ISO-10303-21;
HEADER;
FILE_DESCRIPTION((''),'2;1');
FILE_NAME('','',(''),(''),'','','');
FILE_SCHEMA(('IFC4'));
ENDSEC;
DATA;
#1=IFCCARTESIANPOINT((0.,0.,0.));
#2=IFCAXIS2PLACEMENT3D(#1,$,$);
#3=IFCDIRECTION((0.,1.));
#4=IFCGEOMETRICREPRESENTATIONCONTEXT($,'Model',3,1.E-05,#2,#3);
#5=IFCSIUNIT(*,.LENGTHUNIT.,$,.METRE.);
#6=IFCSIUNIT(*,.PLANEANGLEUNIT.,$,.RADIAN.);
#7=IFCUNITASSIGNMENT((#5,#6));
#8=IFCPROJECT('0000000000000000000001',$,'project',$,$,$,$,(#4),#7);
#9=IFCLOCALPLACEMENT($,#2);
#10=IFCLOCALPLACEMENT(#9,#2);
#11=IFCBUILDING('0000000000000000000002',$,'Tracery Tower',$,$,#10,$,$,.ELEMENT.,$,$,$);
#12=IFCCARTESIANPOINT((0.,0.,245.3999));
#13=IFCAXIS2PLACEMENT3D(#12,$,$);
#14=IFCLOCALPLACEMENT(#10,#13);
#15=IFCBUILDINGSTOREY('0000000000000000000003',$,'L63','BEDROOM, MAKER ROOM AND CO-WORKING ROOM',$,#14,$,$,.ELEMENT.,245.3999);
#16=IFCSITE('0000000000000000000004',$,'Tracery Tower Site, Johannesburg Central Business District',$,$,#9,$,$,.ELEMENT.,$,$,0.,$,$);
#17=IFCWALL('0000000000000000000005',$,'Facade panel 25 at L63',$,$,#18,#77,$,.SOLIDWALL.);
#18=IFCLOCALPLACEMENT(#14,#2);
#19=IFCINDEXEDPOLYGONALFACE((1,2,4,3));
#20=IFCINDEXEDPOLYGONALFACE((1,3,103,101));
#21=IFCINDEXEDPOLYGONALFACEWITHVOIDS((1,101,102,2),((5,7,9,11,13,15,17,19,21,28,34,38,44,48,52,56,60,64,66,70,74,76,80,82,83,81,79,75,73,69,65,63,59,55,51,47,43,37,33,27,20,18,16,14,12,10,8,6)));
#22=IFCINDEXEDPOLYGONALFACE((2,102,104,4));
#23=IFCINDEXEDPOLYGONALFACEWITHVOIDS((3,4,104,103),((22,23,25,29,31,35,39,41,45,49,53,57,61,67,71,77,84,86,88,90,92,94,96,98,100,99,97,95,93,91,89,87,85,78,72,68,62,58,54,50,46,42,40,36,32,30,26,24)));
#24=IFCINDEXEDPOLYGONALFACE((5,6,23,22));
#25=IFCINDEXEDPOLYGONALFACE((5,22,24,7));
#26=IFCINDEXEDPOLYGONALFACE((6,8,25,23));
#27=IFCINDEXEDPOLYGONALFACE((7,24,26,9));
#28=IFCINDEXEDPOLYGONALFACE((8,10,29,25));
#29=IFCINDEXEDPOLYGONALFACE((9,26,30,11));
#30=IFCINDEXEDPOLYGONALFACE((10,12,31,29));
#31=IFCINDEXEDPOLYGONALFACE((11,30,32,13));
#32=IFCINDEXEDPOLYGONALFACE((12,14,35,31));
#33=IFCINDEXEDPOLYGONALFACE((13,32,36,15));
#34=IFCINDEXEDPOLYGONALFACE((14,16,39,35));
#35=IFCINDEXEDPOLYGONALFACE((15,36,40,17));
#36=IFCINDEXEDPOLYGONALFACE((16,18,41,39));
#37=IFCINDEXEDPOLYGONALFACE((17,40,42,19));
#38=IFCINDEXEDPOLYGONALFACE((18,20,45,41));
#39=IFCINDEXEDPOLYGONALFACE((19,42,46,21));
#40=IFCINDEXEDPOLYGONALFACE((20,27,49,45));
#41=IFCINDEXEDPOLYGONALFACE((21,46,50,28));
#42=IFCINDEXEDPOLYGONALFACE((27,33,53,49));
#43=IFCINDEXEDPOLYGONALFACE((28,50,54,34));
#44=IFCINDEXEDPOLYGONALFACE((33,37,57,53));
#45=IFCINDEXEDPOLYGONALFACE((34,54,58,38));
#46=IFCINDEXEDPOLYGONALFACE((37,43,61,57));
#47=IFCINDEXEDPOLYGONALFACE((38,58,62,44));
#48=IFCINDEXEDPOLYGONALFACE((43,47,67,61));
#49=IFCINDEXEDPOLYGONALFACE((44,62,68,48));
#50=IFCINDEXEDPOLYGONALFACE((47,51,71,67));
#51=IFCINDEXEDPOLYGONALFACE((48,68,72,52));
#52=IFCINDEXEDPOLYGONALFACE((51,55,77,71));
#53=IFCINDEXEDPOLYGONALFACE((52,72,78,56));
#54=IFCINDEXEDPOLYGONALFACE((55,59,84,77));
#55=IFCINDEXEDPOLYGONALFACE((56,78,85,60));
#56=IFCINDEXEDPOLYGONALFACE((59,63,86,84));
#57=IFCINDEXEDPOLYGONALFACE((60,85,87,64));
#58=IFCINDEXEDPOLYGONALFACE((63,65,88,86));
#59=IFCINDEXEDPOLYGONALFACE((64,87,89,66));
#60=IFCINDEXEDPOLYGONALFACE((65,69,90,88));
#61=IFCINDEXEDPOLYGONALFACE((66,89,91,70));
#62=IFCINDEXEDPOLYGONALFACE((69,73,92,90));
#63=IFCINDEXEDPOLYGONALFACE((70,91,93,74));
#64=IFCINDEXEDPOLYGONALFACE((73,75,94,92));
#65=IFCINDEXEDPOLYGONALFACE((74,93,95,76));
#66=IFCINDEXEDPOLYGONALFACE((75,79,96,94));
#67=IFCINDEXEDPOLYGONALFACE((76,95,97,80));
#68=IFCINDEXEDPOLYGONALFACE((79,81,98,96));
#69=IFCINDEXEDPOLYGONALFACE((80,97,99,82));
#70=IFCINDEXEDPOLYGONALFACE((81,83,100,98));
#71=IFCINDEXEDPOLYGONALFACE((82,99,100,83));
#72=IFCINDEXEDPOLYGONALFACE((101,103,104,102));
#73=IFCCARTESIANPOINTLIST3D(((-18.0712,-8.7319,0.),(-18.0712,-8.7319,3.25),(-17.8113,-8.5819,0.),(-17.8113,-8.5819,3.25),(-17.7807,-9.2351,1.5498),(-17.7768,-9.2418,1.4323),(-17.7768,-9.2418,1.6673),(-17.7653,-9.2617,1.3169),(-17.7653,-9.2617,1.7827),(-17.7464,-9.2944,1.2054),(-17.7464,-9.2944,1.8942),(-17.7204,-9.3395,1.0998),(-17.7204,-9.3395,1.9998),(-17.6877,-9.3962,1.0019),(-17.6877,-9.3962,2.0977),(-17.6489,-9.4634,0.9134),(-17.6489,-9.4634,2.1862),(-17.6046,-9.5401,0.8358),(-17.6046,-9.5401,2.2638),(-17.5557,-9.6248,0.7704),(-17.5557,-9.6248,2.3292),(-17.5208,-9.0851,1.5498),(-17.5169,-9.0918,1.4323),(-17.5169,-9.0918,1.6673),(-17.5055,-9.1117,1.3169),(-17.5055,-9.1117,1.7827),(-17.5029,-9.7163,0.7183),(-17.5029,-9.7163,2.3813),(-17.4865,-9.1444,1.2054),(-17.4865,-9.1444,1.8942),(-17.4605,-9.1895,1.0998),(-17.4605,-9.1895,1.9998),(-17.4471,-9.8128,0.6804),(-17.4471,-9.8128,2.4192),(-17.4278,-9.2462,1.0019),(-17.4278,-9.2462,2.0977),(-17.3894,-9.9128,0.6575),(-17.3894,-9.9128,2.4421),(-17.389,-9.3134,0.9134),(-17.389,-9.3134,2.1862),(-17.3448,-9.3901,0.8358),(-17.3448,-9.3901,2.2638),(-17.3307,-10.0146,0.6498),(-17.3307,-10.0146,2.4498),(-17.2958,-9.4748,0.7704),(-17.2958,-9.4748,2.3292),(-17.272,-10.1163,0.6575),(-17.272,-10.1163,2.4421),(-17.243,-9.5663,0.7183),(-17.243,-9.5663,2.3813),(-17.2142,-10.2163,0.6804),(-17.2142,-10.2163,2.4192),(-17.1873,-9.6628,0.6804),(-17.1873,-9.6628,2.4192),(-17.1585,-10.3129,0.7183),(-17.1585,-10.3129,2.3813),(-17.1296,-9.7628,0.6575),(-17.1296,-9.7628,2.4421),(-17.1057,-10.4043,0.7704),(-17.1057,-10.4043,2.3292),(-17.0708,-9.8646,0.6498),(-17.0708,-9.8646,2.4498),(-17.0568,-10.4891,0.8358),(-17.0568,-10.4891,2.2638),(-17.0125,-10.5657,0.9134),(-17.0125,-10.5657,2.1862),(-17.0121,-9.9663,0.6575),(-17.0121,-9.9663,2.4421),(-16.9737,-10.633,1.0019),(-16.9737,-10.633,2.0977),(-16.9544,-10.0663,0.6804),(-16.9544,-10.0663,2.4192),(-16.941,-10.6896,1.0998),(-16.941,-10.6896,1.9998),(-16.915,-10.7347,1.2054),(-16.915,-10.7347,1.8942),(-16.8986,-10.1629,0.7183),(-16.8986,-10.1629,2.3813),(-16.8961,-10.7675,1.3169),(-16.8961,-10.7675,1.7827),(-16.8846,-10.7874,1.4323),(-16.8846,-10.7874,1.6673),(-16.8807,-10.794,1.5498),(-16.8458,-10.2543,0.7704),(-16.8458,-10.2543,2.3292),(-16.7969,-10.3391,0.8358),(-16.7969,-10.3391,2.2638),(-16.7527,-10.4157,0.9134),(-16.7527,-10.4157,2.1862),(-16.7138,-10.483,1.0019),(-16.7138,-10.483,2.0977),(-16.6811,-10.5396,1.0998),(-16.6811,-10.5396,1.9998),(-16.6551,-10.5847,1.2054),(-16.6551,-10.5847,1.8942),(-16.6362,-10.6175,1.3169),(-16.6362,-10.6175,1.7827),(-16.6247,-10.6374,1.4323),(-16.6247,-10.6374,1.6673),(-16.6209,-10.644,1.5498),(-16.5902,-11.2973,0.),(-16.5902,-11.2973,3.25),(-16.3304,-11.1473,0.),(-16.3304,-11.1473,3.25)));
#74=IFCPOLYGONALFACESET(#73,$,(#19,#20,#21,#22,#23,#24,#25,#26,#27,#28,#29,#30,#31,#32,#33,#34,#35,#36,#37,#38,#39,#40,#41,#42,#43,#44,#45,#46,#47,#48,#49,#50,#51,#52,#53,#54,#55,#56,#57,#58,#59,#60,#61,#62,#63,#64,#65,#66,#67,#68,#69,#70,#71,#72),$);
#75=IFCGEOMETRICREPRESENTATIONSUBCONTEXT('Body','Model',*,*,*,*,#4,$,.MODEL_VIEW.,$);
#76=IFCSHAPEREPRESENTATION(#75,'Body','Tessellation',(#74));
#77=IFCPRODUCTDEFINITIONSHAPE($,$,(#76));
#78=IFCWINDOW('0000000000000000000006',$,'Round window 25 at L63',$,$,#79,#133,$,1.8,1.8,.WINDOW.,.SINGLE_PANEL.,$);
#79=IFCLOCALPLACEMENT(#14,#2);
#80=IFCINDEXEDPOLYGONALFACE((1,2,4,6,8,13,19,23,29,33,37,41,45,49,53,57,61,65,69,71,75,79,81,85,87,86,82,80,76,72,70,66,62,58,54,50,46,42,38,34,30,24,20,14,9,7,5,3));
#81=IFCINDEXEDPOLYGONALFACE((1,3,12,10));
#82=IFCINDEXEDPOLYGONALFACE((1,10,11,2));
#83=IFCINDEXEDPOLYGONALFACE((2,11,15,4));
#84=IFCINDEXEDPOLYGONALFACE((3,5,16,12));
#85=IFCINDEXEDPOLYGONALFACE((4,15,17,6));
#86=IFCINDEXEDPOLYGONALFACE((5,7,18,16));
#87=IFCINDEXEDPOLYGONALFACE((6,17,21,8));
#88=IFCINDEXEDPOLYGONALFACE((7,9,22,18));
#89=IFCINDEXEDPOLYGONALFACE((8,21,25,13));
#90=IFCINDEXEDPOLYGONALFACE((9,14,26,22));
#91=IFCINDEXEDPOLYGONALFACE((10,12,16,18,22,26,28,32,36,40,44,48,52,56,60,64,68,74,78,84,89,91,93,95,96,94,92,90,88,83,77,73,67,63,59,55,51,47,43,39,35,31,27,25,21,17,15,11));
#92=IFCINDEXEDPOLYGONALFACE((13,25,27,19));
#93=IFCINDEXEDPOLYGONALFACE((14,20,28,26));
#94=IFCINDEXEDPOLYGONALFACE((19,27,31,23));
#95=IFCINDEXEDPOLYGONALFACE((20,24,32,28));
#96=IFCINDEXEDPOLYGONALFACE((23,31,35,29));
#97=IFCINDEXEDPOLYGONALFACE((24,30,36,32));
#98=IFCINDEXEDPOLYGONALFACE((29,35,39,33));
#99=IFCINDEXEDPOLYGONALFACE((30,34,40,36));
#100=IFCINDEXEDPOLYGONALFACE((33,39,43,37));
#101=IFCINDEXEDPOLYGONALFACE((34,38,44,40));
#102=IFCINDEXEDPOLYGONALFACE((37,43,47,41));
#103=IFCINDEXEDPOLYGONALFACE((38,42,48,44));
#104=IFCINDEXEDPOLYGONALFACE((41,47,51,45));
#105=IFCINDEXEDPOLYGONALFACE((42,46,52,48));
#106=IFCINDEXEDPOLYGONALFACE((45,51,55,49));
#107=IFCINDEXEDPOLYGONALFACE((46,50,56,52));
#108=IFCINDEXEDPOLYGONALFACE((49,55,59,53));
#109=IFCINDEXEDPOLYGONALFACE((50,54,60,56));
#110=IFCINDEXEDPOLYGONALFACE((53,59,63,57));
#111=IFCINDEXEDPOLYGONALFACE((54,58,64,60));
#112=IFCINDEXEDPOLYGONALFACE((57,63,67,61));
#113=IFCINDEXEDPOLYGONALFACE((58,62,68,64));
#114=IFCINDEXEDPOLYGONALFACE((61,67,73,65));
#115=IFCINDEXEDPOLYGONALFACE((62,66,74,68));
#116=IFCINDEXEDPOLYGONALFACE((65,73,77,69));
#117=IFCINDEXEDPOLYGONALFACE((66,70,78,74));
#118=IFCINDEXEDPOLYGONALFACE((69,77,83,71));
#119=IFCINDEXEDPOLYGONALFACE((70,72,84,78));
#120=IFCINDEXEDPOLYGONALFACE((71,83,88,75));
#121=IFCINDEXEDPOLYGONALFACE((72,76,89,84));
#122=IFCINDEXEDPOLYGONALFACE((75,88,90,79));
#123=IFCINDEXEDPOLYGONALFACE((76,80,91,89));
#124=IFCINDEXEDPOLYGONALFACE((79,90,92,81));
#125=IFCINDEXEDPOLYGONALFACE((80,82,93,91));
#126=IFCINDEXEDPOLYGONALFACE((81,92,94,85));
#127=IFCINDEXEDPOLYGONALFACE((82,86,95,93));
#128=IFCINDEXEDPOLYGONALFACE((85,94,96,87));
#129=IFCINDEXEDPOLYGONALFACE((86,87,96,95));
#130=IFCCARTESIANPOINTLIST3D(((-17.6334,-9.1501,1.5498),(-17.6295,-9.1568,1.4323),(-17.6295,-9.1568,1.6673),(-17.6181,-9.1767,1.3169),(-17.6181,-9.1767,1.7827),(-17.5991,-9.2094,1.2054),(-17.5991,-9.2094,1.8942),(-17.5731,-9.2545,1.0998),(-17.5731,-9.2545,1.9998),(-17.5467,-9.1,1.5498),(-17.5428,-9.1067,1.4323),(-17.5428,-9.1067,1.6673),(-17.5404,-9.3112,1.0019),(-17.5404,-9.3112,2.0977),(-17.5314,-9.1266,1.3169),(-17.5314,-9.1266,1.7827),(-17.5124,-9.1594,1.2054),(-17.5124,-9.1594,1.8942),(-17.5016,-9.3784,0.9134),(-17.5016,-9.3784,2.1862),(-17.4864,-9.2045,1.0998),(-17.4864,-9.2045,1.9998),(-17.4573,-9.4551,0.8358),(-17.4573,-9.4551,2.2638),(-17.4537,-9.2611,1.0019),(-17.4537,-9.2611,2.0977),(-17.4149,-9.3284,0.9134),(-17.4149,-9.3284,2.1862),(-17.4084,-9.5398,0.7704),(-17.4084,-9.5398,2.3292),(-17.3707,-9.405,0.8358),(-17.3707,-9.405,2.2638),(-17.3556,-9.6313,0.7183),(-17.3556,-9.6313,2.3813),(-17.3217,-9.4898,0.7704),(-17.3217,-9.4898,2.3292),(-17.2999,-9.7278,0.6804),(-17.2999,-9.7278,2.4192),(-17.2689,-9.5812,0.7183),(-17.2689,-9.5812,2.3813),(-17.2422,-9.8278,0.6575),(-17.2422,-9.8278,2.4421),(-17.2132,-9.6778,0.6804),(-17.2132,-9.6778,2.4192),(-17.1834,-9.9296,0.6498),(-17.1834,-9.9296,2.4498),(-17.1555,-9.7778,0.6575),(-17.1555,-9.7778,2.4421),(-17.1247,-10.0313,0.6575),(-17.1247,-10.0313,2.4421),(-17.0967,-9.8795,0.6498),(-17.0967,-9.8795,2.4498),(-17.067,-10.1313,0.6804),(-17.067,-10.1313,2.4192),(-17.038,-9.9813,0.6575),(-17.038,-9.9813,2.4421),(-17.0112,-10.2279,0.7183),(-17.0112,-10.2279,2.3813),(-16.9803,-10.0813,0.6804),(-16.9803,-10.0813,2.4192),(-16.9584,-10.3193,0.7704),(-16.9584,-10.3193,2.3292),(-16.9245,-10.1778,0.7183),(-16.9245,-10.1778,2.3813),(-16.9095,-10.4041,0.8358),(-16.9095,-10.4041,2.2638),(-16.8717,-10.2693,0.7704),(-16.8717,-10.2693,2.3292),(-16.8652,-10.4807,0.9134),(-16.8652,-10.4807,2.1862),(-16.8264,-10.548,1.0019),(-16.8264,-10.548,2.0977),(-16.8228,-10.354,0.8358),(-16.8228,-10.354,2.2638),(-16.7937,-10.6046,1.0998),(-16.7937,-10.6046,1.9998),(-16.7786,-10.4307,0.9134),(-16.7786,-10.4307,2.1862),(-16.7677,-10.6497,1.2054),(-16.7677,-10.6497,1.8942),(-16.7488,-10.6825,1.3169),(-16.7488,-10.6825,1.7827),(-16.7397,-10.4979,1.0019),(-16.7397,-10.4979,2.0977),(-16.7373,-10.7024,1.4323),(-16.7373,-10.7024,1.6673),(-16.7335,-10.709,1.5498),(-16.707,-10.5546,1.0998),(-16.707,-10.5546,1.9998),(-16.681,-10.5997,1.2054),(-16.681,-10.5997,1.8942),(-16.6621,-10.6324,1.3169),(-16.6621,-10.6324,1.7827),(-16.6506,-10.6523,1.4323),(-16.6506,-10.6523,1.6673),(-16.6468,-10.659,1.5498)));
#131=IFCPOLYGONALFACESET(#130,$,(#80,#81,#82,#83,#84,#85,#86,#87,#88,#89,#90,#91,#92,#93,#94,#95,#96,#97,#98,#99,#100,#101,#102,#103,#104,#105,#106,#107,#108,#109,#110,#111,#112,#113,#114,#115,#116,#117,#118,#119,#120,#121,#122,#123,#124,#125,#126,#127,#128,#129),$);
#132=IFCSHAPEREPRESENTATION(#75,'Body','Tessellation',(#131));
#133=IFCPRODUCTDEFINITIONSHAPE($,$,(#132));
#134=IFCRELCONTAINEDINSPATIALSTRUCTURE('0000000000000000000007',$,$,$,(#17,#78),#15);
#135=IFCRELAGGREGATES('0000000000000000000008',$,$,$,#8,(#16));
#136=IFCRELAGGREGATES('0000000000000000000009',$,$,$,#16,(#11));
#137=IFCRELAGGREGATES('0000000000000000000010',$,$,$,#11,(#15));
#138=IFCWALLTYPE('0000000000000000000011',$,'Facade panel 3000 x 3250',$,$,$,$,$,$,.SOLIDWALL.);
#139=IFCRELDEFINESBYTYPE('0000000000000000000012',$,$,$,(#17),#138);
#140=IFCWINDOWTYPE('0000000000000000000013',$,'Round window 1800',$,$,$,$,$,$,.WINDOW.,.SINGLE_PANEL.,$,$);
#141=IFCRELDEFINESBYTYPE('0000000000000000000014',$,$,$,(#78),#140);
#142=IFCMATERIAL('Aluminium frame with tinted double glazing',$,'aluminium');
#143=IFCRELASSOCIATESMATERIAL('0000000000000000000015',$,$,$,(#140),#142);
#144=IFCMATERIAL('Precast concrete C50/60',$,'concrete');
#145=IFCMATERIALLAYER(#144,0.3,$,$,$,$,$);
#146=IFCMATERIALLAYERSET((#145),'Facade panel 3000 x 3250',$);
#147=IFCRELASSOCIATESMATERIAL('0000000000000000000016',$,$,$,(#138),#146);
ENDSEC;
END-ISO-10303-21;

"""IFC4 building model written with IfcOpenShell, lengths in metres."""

from ifc_helpers import new_model, si_unit, direction, frame, frame_2d, origin, origin_2d, place, context, subcontext, project, spatial, rectangle, circle, extrude, material, layer, layer_set, type_object, element, fill, save


model = new_model("IFC4")

# Units and contexts
model_context = context("Model", 3, precision=1e-05, world=origin(), true_north=direction((0.0, 1.0)))
body_context = subcontext(model_context, "Body", "Model", "MODEL_VIEW")
ifc_project = project(units=[si_unit("LENGTHUNIT", "METRE"), si_unit("PLANEANGLEUNIT", "RADIAN")], contexts=[model_context])

# Site, building, storey
site_placement = place(None, origin())
site = spatial("IfcSite", under=ifc_project, at=site_placement, Name="Tracery Tower Site, Johannesburg Central Business District", CompositionType="ELEMENT", RefElevation=0.0)
building_placement = place(site_placement, origin())
building = spatial("IfcBuilding", under=site, at=building_placement, Name="Tracery Tower", CompositionType="ELEMENT")
storey_placement = place(building_placement, frame((0.0, 0.0, 245.3999)))
storey = spatial("IfcBuildingStorey", under=building, at=storey_placement, Name="L63", Description="BEDROOM, MAKER ROOM AND CO-WORKING ROOM", CompositionType="ELEMENT", Elevation=245.3999)

# Wall, opening, window
ifc_material_1 = material(Name="Aluminium frame with tinted double glazing", Category="aluminium")
window_type = type_object("IfcWindowType", Name="Round window 1800", PartitioningType="SINGLE_PANEL", PredefinedType="WINDOW", material=ifc_material_1)
ifc_material_2 = material(Name="Precast concrete C50/60", Category="concrete")
ifc_layer_1 = layer(ifc_material_2, 0.3)
ifc_layer_set_1 = layer_set([ifc_layer_1], Name="Facade panel 3000 x 3250")
wall_type_1 = type_object("IfcWallType", Name="Facade panel 3000 x 3250", PredefinedType="SOLIDWALL", material=ifc_layer_set_1)
wall_1_placement = place(storey_placement, frame((-17.9412, -8.657, 0.0), z_axis=(0.0, 0.0, 1.0), x_axis=(0.499951, -0.866054, 0.0)))
wall_1 = element("IfcWall", 1, at=wall_1_placement, inside=storey, type_object=wall_type_1, Name="Facade panel 25 at L63", PredefinedType="SOLIDWALL", context=body_context, shape_type="SweptSolid", body=[
    extrude(rectangle(XDim=2.9622, YDim=0.3, at=frame_2d((1.481, 0.0))), origin(), (0.0, 0.0, 1.0), 3.25),
])
opening_1_placement = place(wall_1_placement, frame((1.481, 0.0, 1.5498)))
opening_1 = element("IfcOpeningElement", 2, at=opening_1_placement, cuts=wall_1, PredefinedType="OPENING", context=body_context, shape_type="SweptSolid", body=[
    extrude(circle(Radius=0.9, at=origin_2d()), frame((0.0, 0.1599, 0.0), z_axis=(0.0, -1.0, 0.0), x_axis=(1.0, 0.0, 0.0)), (0.0, 0.0, 1.0), 0.3201),
])
window_1_placement = place(opening_1_placement, origin())
window_1 = element("IfcWindow", 3, at=window_1_placement, inside=storey, type_object=window_type, Name="Round window 25 at L63", OverallHeight=1.8, OverallWidth=1.8, PartitioningType="SINGLE_PANEL", PredefinedType="WINDOW", context=body_context, shape_type="SweptSolid", body=[
    extrude(circle(Radius=0.9, at=origin_2d()), frame((0.0, 0.1201, 0.0), z_axis=(0.0, -1.0, 0.0), x_axis=(1.0, 0.0, 0.0)), (0.0, 0.0, 1.0), 0.1001),
])
fill(opening_1, window_1)

save(model, "model.ifc")
